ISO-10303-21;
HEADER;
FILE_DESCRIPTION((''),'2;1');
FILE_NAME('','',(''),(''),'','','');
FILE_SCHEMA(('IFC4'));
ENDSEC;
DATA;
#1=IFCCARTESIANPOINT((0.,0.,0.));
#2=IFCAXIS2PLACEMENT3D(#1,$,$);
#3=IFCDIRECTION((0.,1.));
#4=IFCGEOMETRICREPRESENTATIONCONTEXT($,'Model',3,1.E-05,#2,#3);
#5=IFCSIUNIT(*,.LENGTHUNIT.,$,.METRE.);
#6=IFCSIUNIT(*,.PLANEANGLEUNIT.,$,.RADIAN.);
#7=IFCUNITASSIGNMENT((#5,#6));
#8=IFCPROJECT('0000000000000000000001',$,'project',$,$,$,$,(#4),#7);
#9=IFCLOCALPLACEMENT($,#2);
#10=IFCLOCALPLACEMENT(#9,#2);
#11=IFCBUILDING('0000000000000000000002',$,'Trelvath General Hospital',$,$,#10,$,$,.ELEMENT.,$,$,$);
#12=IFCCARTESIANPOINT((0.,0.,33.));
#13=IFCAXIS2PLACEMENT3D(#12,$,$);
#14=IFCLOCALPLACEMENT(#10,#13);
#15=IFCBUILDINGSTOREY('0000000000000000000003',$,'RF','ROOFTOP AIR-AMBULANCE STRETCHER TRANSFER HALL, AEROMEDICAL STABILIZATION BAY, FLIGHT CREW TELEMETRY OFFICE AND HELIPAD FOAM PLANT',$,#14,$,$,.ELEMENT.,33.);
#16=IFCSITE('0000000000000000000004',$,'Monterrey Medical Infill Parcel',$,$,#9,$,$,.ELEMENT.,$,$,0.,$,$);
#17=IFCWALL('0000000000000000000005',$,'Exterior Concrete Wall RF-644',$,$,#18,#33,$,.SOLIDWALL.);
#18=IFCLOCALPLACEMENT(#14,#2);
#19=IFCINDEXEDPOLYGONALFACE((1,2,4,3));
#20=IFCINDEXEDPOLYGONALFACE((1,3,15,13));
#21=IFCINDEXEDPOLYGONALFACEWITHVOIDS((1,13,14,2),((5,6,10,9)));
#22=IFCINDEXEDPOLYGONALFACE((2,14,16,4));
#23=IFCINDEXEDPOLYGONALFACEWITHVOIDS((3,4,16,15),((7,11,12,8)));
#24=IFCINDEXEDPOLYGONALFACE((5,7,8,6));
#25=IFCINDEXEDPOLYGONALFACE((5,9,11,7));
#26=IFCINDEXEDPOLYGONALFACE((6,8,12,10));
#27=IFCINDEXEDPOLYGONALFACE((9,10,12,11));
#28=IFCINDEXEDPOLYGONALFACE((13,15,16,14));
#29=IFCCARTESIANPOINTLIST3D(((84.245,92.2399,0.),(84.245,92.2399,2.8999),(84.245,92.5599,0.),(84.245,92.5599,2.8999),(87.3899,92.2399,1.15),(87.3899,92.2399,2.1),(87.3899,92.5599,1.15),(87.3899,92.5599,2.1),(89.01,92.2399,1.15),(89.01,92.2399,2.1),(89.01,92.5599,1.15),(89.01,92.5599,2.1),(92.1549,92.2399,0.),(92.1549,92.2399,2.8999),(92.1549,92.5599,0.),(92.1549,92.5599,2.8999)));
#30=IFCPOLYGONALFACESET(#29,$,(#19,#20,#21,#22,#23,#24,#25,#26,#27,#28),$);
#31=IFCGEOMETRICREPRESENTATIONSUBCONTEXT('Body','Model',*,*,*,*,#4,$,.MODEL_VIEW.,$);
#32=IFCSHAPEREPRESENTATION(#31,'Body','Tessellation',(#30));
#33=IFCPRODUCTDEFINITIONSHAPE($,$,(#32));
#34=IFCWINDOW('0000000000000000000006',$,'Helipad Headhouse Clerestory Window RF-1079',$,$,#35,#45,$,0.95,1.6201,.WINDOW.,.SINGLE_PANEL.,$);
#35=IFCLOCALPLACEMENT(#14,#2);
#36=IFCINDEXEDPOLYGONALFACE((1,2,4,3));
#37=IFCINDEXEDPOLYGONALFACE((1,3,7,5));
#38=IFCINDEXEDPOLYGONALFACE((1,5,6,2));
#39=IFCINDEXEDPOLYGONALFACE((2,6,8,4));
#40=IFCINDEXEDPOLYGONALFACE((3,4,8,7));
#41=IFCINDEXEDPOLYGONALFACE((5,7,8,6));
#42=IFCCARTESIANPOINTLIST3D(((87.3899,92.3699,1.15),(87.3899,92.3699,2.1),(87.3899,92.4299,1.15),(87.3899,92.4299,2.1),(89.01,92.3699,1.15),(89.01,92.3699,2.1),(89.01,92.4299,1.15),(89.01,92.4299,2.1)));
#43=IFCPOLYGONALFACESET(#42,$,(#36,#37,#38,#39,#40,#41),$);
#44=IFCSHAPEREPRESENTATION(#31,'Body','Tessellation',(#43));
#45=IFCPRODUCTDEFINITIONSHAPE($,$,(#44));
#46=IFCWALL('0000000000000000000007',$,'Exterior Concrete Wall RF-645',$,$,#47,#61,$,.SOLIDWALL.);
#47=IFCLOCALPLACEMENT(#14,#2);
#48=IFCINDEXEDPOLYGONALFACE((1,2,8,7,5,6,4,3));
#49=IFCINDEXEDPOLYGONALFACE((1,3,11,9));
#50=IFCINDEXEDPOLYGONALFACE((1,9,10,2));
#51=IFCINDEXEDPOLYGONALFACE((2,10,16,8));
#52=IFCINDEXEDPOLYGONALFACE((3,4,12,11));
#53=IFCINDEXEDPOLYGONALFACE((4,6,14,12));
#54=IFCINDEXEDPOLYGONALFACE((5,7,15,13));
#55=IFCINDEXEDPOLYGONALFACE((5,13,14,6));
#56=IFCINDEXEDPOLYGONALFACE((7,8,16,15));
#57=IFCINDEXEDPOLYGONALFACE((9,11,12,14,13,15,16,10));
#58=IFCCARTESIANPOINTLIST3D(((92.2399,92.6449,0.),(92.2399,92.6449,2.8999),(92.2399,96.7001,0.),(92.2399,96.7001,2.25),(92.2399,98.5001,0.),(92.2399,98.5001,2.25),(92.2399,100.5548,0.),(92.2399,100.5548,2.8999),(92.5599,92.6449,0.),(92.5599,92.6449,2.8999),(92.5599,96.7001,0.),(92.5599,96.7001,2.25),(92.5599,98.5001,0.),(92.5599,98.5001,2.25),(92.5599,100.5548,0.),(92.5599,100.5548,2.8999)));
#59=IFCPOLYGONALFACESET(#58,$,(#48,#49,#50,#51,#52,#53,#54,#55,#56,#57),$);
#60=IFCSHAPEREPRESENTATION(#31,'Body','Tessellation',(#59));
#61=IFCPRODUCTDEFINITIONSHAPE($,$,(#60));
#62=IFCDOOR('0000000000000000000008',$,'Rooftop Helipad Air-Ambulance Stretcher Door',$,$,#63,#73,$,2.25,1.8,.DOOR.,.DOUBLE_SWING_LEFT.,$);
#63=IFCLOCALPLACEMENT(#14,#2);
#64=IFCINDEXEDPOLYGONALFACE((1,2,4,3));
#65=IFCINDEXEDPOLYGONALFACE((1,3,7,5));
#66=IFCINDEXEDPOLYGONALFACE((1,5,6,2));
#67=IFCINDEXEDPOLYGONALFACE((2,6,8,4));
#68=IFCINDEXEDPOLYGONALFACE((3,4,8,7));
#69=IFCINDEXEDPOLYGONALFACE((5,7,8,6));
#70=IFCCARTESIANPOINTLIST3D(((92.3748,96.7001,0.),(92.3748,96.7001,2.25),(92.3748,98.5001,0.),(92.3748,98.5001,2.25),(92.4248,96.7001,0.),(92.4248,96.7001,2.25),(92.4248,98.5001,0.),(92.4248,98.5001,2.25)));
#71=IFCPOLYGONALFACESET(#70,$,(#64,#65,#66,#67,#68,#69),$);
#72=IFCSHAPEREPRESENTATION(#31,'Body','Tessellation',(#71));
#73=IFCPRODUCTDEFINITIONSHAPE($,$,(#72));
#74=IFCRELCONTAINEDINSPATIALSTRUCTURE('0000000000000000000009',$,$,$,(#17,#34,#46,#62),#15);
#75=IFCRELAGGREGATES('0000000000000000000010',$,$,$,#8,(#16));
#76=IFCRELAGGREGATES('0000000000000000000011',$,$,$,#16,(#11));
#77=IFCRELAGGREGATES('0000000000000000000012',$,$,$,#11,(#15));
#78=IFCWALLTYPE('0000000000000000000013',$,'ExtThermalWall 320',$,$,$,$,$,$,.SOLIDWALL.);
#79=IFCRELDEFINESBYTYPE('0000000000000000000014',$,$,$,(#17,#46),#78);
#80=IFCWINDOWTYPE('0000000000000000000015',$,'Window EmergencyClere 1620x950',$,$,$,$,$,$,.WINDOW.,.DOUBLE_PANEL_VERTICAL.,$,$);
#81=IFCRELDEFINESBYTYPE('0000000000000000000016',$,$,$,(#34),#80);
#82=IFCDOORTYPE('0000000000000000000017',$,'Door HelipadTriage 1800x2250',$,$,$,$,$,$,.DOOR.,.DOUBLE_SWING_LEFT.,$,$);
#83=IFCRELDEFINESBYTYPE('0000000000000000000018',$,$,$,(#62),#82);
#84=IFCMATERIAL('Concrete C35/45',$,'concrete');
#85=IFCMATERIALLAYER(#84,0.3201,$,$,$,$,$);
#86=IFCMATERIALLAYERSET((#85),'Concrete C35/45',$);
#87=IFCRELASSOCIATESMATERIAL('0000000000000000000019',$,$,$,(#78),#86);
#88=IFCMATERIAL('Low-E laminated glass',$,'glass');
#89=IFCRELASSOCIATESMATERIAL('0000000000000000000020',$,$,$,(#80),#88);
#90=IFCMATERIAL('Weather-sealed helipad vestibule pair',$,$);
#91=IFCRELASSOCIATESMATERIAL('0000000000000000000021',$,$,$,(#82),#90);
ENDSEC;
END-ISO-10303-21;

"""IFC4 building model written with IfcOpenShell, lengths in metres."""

from ifc_helpers import new_model, si_unit, direction, frame, frame_2d, origin, place, context, subcontext, project, spatial, rectangle, extrude, material, layer, layer_set, type_object, element, fill, save


model = new_model("IFC4")

# Units and contexts
model_context = context("Model", 3, precision=1e-05, world=origin(), true_north=direction((0.0, 1.0)))
body_context = subcontext(model_context, "Body", "Model", "MODEL_VIEW")
ifc_project = project(units=[si_unit("LENGTHUNIT", "METRE"), si_unit("PLANEANGLEUNIT", "RADIAN")], contexts=[model_context])

# Site, building, storey
site_placement = place(None, origin())
site = spatial("IfcSite", under=ifc_project, at=site_placement, Name="Monterrey Medical Infill Parcel", CompositionType="ELEMENT", RefElevation=0.0)
building_placement = place(site_placement, origin())
building = spatial("IfcBuilding", under=site, at=building_placement, Name="Trelvath General Hospital", CompositionType="ELEMENT")
storey_placement = place(building_placement, frame((0.0, 0.0, 33.0)))
storey = spatial("IfcBuildingStorey", under=building, at=storey_placement, Name="RF", Description="ROOFTOP AIR-AMBULANCE STRETCHER TRANSFER HALL, AEROMEDICAL STABILIZATION BAY, FLIGHT CREW TELEMETRY OFFICE AND HELIPAD FOAM PLANT", CompositionType="ELEMENT", Elevation=33.0)

# Wall, opening, window
ifc_material_1 = material(Name="Concrete C35/45", Category="concrete")
ifc_layer_1 = layer(ifc_material_1, 0.3201)
ifc_layer_set_1 = layer_set([ifc_layer_1], Name="Concrete C35/45")
wall_type = type_object("IfcWallType", Name="ExtThermalWall 320", PredefinedType="SOLIDWALL", material=ifc_layer_set_1)
wall_1_placement = place(storey_placement, frame((92.155, 92.3999, 0.0), z_axis=(0.0, 0.0, 1.0), x_axis=(-1.0, 0.0, 0.0)))
wall_1 = element("IfcWall", 1, at=wall_1_placement, inside=storey, type_object=wall_type, Name="Exterior Concrete Wall RF-644", PredefinedType="SOLIDWALL", context=body_context, shape_type="SweptSolid", body=[
    extrude(rectangle(XDim=7.9099, YDim=0.3201, at=frame_2d((3.9551, 0.0))), origin(), (0.0, 0.0, 1.0), 2.8999),
])
opening_1_placement = place(wall_1_placement, frame((3.145, 0.0, 1.1499)))
opening_1 = element("IfcOpeningElement", 2, at=opening_1_placement, cuts=wall_1, PredefinedType="OPENING", context=body_context, shape_type="SweptSolid", body=[
    extrude(rectangle(XDim=1.6201, YDim=0.95, at=frame_2d((0.8101, 0.4751))), frame((0.0, 0.1699, 0.0), z_axis=(0.0, -1.0, 0.0), x_axis=(1.0, 0.0, 0.0)), (0.0, 0.0, 1.0), 0.3401),
])
ifc_material_2 = material(Name="Low-E laminated glass", Category="glass")
window_type = type_object("IfcWindowType", Name="Window EmergencyClere 1620x950", PartitioningType="DOUBLE_PANEL_VERTICAL", PredefinedType="WINDOW", material=ifc_material_2)
window_placement = place(opening_1_placement, origin())
window = element("IfcWindow", 3, at=window_placement, inside=storey, type_object=window_type, Name="Helipad Headhouse Clerestory Window RF-1079", OverallHeight=0.95, OverallWidth=1.6201, PartitioningType="SINGLE_PANEL", PredefinedType="WINDOW", context=body_context, shape_type="SweptSolid", body=[
    extrude(rectangle(XDim=1.6201, YDim=0.95, at=frame_2d((0.8101, 0.4751))), frame((0.0, 0.03, 0.0), z_axis=(0.0, -1.0, 0.0), x_axis=(1.0, 0.0, 0.0)), (0.0, 0.0, 1.0), 0.0601),
])
fill(opening_1, window)

# Wall, opening, door
wall_2_placement = place(storey_placement, frame((92.3999, 100.5549, 0.0), z_axis=(0.0, 0.0, 1.0), x_axis=(0.0, -1.0, 0.0)))
wall_2 = element("IfcWall", 4, at=wall_2_placement, inside=storey, type_object=wall_type, Name="Exterior Concrete Wall RF-645", PredefinedType="SOLIDWALL", context=body_context, shape_type="SweptSolid", body=[
    extrude(rectangle(XDim=7.9099, YDim=0.3201, at=frame_2d((3.9551, 0.0))), origin(), (0.0, 0.0, 1.0), 2.8999),
])
opening_2_placement = place(wall_2_placement, frame((2.0549, 0.0, 0.0)))
opening_2 = element("IfcOpeningElement", 5, at=opening_2_placement, cuts=wall_2, PredefinedType="OPENING", context=body_context, shape_type="SweptSolid", body=[
    extrude(rectangle(XDim=1.8, YDim=2.25, at=frame_2d((0.8999, 1.125))), frame((0.0, 0.1699, 0.0), z_axis=(0.0, -1.0, 0.0), x_axis=(1.0, 0.0, 0.0)), (0.0, 0.0, 1.0), 0.3401),
])
ifc_material_3 = material(Name="Weather-sealed helipad vestibule pair")
door_type = type_object("IfcDoorType", Name="Door HelipadTriage 1800x2250", OperationType="DOUBLE_SWING_LEFT", PredefinedType="DOOR", material=ifc_material_3)
door_placement = place(opening_2_placement, origin())
door = element("IfcDoor", 6, at=door_placement, inside=storey, type_object=door_type, Name="Rooftop Helipad Air-Ambulance Stretcher Door", OperationType="DOUBLE_SWING_LEFT", OverallHeight=2.25, OverallWidth=1.8, PredefinedType="DOOR", context=body_context, shape_type="SweptSolid", body=[
    extrude(rectangle(XDim=1.8, YDim=2.25, at=frame_2d((0.8999, 1.125))), frame((0.0, 0.0249, 0.0), z_axis=(0.0, -1.0, 0.0), x_axis=(1.0, 0.0, 0.0)), (0.0, 0.0, 1.0), 0.05),
])
fill(opening_2, door)

save(model, "model.ifc")
